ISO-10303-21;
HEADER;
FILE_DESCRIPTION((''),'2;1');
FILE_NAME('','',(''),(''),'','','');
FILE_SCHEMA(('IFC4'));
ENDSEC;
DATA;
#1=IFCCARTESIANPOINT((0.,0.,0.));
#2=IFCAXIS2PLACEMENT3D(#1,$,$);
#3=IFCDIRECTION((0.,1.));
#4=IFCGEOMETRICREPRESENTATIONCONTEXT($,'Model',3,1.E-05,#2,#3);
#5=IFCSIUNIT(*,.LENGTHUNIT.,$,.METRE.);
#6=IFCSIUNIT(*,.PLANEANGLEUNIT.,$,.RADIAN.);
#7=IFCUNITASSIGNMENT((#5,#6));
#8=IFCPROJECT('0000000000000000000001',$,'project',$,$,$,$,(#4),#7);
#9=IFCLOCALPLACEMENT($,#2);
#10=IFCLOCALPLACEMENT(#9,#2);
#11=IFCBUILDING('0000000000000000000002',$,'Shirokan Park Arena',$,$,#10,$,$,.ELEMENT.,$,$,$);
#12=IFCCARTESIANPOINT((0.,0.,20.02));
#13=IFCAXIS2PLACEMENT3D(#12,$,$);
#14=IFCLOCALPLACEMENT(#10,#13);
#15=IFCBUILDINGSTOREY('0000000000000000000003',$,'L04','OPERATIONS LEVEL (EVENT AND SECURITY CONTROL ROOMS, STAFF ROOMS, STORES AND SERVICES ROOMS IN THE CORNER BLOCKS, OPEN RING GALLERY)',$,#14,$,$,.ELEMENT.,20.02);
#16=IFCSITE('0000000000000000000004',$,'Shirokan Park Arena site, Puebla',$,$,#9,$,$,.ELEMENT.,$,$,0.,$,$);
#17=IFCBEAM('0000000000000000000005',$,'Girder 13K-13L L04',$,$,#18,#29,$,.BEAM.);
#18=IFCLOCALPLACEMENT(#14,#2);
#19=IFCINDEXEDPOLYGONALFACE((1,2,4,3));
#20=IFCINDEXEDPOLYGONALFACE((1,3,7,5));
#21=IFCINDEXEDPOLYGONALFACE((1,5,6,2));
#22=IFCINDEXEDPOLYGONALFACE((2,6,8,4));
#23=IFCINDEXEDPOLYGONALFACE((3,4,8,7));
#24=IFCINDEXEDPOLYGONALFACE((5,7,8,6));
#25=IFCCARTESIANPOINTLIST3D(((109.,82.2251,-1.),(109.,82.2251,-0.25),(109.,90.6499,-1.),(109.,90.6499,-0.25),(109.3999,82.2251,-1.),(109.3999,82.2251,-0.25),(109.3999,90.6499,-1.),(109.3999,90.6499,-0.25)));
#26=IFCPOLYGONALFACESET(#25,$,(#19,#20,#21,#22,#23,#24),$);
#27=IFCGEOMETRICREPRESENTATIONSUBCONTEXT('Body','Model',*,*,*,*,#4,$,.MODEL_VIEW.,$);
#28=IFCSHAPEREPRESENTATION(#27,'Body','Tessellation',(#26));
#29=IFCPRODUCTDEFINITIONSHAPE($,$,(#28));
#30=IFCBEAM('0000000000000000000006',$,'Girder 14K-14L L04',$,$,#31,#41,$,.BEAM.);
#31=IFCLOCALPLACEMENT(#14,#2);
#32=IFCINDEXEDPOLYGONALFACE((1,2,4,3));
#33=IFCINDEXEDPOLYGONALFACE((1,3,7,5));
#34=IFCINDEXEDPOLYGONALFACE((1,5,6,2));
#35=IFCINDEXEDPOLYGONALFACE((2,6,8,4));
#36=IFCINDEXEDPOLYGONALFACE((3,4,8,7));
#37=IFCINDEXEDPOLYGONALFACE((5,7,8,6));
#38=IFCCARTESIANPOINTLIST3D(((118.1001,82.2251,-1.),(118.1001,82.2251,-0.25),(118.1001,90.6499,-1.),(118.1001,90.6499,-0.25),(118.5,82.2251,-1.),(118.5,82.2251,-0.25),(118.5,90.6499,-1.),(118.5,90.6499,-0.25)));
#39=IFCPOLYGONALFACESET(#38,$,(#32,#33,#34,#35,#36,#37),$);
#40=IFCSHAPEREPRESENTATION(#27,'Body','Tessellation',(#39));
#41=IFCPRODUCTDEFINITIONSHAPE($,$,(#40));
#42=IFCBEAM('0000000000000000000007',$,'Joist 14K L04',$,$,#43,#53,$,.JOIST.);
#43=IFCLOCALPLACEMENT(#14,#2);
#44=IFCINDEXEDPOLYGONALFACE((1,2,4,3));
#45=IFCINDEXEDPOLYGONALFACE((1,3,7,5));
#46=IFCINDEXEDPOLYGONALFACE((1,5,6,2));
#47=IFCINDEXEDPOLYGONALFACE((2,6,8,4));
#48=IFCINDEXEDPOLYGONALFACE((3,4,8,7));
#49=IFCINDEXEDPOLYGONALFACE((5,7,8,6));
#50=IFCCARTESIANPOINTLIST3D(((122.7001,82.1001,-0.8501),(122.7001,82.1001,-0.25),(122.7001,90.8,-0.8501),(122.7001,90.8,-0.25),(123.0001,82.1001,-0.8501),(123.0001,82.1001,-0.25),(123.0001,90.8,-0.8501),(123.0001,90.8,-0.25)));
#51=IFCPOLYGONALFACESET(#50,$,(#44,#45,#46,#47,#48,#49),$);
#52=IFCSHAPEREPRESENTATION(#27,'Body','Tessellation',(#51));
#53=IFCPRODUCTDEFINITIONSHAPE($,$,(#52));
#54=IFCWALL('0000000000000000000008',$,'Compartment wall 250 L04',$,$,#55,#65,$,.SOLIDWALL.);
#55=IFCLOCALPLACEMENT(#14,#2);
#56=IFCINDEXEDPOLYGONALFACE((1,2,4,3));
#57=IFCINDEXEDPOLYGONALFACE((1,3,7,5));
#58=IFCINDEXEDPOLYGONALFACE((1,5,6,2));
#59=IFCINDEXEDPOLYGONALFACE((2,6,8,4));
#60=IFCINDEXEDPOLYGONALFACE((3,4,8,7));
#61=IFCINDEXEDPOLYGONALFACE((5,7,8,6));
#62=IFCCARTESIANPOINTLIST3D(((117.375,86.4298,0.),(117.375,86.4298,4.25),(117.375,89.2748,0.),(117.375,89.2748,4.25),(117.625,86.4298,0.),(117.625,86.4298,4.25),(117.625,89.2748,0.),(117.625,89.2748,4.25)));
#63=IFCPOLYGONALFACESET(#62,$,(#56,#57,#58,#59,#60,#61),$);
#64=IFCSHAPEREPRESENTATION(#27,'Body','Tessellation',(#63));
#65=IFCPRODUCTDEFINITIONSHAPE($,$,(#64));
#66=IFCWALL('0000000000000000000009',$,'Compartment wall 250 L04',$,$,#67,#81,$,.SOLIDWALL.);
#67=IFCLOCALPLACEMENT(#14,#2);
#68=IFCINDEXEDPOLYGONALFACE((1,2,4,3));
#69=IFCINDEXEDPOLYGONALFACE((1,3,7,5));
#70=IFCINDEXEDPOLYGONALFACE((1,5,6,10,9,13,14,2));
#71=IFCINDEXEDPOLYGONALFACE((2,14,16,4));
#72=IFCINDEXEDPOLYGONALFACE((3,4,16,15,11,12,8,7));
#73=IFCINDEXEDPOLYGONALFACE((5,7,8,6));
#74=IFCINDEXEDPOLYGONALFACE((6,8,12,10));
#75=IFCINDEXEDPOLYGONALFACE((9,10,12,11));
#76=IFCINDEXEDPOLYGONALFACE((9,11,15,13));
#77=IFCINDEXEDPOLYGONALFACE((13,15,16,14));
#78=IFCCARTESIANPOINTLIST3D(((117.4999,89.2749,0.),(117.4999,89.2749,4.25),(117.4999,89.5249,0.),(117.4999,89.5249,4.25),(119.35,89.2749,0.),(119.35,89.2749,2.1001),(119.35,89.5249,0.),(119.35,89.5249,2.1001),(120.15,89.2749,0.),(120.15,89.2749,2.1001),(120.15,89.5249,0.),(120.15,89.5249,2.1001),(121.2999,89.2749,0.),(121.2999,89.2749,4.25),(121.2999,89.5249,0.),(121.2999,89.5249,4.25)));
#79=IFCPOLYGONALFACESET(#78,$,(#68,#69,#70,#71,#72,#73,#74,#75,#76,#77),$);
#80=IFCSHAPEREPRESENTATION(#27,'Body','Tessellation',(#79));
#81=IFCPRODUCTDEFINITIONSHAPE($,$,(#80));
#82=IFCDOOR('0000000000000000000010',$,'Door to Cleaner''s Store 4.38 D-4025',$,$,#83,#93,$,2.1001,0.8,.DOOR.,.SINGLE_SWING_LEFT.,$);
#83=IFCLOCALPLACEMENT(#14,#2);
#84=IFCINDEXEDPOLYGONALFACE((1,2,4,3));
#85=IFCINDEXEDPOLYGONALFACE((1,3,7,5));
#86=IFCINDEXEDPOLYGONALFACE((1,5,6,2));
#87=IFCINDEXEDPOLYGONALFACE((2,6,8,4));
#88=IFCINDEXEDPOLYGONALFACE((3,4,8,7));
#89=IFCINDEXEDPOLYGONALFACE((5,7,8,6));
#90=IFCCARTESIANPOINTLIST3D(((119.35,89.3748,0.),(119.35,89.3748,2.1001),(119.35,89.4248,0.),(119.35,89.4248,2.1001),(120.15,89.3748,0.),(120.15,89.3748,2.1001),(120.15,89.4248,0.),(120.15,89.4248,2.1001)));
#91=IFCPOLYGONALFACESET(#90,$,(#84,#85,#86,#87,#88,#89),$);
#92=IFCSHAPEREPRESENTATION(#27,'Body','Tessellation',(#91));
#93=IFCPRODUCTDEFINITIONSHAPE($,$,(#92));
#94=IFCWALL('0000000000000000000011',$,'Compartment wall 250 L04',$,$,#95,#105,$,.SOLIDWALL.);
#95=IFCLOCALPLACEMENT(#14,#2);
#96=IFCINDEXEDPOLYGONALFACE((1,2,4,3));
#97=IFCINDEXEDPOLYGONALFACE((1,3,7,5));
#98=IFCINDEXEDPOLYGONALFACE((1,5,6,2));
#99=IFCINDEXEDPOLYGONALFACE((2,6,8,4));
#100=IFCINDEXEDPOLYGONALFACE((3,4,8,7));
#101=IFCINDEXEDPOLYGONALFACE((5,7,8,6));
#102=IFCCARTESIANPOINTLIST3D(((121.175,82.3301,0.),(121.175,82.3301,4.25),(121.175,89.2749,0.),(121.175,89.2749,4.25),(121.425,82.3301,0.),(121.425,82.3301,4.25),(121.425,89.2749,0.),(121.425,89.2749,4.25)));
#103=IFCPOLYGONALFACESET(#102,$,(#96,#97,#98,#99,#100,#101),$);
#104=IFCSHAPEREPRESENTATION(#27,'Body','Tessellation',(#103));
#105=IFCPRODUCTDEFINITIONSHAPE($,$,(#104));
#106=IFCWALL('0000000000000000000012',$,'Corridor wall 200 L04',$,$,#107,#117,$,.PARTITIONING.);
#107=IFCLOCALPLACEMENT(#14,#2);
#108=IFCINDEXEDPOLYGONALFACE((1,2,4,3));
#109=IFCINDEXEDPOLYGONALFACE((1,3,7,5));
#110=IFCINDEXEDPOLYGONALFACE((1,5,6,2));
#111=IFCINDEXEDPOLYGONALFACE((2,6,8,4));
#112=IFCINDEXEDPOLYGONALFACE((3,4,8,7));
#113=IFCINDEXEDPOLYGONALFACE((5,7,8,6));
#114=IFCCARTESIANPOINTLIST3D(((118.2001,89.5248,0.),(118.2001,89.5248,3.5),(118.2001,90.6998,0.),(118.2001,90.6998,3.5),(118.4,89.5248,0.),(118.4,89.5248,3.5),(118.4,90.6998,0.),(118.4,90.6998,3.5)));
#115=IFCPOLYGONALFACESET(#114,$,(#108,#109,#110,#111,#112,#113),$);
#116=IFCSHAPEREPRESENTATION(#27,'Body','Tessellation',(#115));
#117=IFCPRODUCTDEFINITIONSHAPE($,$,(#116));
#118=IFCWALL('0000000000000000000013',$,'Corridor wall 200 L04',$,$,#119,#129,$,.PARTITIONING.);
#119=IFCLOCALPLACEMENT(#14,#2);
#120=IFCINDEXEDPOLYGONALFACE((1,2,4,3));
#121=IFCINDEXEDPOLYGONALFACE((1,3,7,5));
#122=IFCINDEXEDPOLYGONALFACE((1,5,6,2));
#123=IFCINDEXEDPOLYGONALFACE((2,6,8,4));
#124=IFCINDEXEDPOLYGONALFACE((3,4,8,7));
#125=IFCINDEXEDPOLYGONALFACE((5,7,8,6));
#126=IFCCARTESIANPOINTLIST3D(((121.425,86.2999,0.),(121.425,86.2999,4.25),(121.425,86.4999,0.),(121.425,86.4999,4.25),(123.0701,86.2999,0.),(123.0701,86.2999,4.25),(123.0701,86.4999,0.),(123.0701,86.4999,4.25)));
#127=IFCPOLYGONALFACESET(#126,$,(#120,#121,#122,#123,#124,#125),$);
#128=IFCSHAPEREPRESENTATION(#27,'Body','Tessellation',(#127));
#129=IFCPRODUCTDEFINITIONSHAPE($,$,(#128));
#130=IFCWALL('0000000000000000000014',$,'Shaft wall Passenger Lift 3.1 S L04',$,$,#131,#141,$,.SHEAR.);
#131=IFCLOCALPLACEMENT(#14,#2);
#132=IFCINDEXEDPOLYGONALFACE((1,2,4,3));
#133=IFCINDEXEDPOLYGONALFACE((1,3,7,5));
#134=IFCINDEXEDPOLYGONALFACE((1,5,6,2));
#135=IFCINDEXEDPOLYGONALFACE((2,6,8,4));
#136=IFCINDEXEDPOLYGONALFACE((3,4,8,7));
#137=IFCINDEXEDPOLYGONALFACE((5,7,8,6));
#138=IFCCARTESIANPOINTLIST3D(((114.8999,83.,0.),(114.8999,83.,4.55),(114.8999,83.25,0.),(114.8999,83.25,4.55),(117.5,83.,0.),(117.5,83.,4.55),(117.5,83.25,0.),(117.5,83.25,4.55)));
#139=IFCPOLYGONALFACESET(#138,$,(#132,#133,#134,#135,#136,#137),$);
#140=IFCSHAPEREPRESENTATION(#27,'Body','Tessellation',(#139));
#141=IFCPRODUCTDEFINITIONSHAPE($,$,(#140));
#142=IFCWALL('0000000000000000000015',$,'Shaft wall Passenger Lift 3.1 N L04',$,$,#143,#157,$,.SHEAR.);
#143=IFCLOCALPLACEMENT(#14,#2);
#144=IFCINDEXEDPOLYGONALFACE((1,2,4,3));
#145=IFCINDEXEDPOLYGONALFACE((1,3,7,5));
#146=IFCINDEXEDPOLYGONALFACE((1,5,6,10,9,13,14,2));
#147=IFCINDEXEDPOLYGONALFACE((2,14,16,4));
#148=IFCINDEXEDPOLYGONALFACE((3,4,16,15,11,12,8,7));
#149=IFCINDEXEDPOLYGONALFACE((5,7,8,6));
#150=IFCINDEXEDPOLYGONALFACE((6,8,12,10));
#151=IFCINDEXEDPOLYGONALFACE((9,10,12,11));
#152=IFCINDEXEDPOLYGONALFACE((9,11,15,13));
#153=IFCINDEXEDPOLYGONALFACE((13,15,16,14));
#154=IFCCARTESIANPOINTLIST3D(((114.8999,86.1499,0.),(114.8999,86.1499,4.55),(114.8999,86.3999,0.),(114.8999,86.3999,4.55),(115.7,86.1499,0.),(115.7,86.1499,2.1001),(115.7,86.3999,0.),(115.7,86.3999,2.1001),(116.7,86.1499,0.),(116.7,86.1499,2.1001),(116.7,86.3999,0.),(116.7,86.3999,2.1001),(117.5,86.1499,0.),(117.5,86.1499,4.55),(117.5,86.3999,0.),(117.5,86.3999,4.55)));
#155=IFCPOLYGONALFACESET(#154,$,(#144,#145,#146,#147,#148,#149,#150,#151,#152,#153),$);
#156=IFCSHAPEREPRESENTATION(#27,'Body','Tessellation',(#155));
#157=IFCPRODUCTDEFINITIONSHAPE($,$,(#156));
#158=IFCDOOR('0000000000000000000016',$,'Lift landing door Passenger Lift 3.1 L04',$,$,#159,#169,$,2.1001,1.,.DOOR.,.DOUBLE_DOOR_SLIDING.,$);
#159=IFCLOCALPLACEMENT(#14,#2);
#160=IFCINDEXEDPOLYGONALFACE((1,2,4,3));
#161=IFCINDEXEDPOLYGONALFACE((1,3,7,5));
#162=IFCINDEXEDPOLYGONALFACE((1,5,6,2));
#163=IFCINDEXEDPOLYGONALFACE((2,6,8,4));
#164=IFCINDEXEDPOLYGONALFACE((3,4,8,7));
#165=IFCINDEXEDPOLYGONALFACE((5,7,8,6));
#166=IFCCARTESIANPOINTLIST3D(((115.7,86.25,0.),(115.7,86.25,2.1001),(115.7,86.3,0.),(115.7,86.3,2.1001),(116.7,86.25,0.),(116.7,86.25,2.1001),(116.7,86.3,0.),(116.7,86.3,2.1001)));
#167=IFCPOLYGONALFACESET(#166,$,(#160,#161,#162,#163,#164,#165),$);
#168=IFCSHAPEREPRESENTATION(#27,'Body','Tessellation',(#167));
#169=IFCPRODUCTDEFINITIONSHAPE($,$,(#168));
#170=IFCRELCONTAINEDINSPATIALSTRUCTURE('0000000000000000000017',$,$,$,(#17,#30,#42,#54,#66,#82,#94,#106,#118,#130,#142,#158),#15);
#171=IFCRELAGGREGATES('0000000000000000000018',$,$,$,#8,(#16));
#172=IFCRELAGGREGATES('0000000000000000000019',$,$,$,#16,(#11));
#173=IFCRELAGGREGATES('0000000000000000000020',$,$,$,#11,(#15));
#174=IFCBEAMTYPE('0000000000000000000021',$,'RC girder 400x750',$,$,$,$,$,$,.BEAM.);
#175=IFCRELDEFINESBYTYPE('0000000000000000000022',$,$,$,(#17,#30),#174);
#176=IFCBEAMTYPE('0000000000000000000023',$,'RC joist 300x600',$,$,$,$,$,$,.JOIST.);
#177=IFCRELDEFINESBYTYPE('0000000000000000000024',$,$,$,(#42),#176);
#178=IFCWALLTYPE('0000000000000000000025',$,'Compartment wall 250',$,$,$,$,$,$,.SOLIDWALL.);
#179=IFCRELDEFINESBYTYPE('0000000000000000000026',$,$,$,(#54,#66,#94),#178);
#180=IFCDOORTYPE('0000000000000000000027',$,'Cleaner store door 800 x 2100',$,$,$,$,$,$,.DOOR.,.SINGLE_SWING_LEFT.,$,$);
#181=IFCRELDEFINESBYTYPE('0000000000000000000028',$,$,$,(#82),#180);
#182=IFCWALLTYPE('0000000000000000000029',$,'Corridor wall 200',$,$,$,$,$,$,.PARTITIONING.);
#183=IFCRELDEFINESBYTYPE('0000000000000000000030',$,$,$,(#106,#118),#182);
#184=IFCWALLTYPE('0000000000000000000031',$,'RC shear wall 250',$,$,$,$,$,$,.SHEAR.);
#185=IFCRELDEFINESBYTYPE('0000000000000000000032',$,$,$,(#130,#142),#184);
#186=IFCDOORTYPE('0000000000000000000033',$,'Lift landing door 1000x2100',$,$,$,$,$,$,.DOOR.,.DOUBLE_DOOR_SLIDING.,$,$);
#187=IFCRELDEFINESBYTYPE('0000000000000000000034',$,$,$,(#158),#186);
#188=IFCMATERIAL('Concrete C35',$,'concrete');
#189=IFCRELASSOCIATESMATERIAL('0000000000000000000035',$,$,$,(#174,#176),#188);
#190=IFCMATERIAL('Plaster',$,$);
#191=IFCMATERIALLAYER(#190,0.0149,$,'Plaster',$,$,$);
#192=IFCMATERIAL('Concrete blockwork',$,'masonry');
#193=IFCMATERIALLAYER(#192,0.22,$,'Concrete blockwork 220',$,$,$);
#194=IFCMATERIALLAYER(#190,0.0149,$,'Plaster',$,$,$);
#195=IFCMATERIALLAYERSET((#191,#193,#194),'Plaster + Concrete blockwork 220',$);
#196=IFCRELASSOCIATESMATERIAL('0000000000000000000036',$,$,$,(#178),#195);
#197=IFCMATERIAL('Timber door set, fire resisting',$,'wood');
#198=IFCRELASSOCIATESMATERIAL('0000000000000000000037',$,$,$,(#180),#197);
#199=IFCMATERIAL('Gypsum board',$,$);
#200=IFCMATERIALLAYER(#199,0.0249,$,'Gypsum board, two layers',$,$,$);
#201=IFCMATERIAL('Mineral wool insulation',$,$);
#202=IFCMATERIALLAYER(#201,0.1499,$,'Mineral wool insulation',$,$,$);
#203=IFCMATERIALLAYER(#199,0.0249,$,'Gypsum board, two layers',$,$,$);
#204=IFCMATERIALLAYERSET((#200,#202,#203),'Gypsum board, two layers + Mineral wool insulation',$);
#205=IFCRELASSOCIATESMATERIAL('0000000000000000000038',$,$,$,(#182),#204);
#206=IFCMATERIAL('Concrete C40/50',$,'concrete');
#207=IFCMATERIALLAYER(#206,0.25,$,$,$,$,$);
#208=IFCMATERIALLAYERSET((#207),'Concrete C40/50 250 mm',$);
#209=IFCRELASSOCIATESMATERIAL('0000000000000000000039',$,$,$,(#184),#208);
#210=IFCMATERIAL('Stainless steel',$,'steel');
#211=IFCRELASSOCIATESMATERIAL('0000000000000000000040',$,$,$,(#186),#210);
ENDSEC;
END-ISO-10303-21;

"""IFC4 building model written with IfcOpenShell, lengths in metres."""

from ifc_helpers import new_model, si_unit, direction, frame, frame_2d, origin, origin_2d, place, context, subcontext, project, spatial, rectangle, extrude, material, layer, layer_set, material_profile, profile_set, type_object, element, fill, save


model = new_model("IFC4")

# Units and contexts
model_context = context("Model", 3, precision=1e-05, world=origin(), true_north=direction((0.0, 1.0)))
body_context = subcontext(model_context, "Body", "Model", "MODEL_VIEW")
ifc_project = project(units=[si_unit("LENGTHUNIT", "METRE"), si_unit("PLANEANGLEUNIT", "RADIAN")], contexts=[model_context])

# Site, building, storey
site_placement = place(None, origin())
site = spatial("IfcSite", under=ifc_project, at=site_placement, Name="Shirokan Park Arena site, Puebla", CompositionType="ELEMENT", RefElevation=0.0)
building_placement = place(site_placement, origin())
building = spatial("IfcBuilding", under=site, at=building_placement, Name="Shirokan Park Arena", CompositionType="ELEMENT")
storey_placement = place(building_placement, frame((0.0, 0.0, 20.02)))
storey = spatial("IfcBuildingStorey", under=building, at=storey_placement, Name="L04", Description="OPERATIONS LEVEL (EVENT AND SECURITY CONTROL ROOMS, STAFF ROOMS, STORES AND SERVICES ROOMS IN THE CORNER BLOCKS, OPEN RING GALLERY)", CompositionType="ELEMENT", Elevation=20.02)

# Beams
ifc_material_1 = material(Name="Concrete C35", Category="concrete")
ifc_material_profile_1 = material_profile(ifc_material_1, rectangle(XDim=0.3999, YDim=0.75, at=origin_2d()), Name="400x750")
ifc_profile_set_1 = profile_set([ifc_material_profile_1], Name="Concrete C35")
beam_type_1 = type_object("IfcBeamType", Name="RC girder 400x750", PredefinedType="BEAM", material=ifc_profile_set_1)
for number, where, z_axis, x_axis, name in (
    (1, (109.2, 82.2251, -0.625), (0.0, 1.0, 0.0), (-1.0, 0.0, 0.0), "Girder 13K-13L L04"),
    (2, (118.3, 82.2251, -0.625), (0.0, 1.0, 0.0), (-1.0, 0.0, 0.0), "Girder 14K-14L L04"),
):
    element("IfcBeam", number, at=place(storey_placement, frame(where, z_axis=z_axis, x_axis=x_axis)), inside=storey, type_object=beam_type_1, Name=name, PredefinedType="BEAM", context=body_context, shape_type="SweptSolid", body=[
        extrude(rectangle(XDim=0.3999, YDim=0.75, at=origin_2d()), origin(), (0.0, 0.0, 1.0), 8.4248),
    ])
ifc_material_profile_2 = material_profile(ifc_material_1, rectangle(XDim=0.3, YDim=0.6001, at=origin_2d()), Name="300x600")
ifc_profile_set_2 = profile_set([ifc_material_profile_2], Name="Concrete C35")
beam_type_2 = type_object("IfcBeamType", Name="RC joist 300x600", PredefinedType="JOIST", material=ifc_profile_set_2)
beam_placement = place(storey_placement, frame((122.8501, 82.1001, -0.55), z_axis=(0.0, 1.0, 0.0), x_axis=(-1.0, 0.0, 0.0)))
element("IfcBeam", 3, at=beam_placement, inside=storey, type_object=beam_type_2, Name="Joist 14K L04", PredefinedType="JOIST", context=body_context, shape_type="SweptSolid", body=[
    extrude(rectangle(XDim=0.3, YDim=0.6001, at=origin_2d()), origin(), (0.0, 0.0, 1.0), 8.7),
])

# Wall
ifc_material_2 = material(Name="Plaster")
ifc_layer_1 = layer(ifc_material_2, 0.0149, Name="Plaster")
ifc_material_3 = material(Name="Concrete blockwork", Category="masonry")
ifc_layer_2 = layer(ifc_material_3, 0.22, Name="Concrete blockwork 220")
ifc_layer_3 = layer(ifc_material_2, 0.0149, Name="Plaster")
ifc_layer_set_1 = layer_set([ifc_layer_1, ifc_layer_2, ifc_layer_3], Name="Plaster + Concrete blockwork 220")
wall_type_1 = type_object("IfcWallType", Name="Compartment wall 250", PredefinedType="SOLIDWALL", material=ifc_layer_set_1)
wall_1_placement = place(storey_placement, frame((117.5, 86.4299, 0.0), z_axis=(0.0, 0.0, 1.0), x_axis=(0.0, 1.0, 0.0)))
element("IfcWall", 4, at=wall_1_placement, inside=storey, type_object=wall_type_1, Name="Compartment wall 250 L04", PredefinedType="SOLIDWALL", context=body_context, shape_type="SweptSolid", body=[
    extrude(rectangle(XDim=2.845, YDim=0.25, at=frame_2d((1.4224, 0.0))), origin(), (0.0, 0.0, 1.0), 4.25),
])

# Wall, opening, door
wall_2_placement = place(storey_placement, frame((117.5, 89.3999, 0.0), z_axis=(0.0, 0.0, 1.0), x_axis=(1.0, 0.0, 0.0)))
wall_2 = element("IfcWall", 5, at=wall_2_placement, inside=storey, type_object=wall_type_1, Name="Compartment wall 250 L04", PredefinedType="SOLIDWALL", context=body_context, shape_type="SweptSolid", body=[
    extrude(rectangle(XDim=3.8, YDim=0.25, at=frame_2d((1.8999, 0.0))), origin(), (0.0, 0.0, 1.0), 4.25),
])
opening_1_placement = place(wall_2_placement, frame((1.8501, 0.0, 0.0)))
opening_1 = element("IfcOpeningElement", 6, at=opening_1_placement, cuts=wall_2, PredefinedType="OPENING", context=body_context, shape_type="SweptSolid", body=[
    extrude(rectangle(XDim=0.8, YDim=2.1001, at=frame_2d((0.3999, 1.05))), frame((0.0, 0.135, 0.0), z_axis=(0.0, -1.0, 0.0), x_axis=(1.0, 0.0, 0.0)), (0.0, 0.0, 1.0), 0.27),
])
ifc_material_4 = material(Name="Timber door set, fire resisting", Category="wood")
door_type_1 = type_object("IfcDoorType", Name="Cleaner store door 800 x 2100", OperationType="SINGLE_SWING_LEFT", PredefinedType="DOOR", material=ifc_material_4)
door_1_placement = place(opening_1_placement, origin())
door_1 = element("IfcDoor", 7, at=door_1_placement, inside=storey, type_object=door_type_1, Name="Door to Cleaner's Store 4.38 D-4025", OperationType="SINGLE_SWING_LEFT", OverallHeight=2.1001, OverallWidth=0.8, PredefinedType="DOOR", context=body_context, shape_type="SweptSolid", body=[
    extrude(rectangle(XDim=0.8, YDim=2.1001, at=frame_2d((0.3999, 1.05))), frame((0.0, 0.0249, 0.0), z_axis=(0.0, -1.0, 0.0), x_axis=(1.0, 0.0, 0.0)), (0.0, 0.0, 1.0), 0.05),
])
fill(opening_1, door_1)

# Wall
wall_3_placement = place(storey_placement, frame((121.3, 82.3301, 0.0), z_axis=(0.0, 0.0, 1.0), x_axis=(0.0, 1.0, 0.0)))
element("IfcWall", 8, at=wall_3_placement, inside=storey, type_object=wall_type_1, Name="Compartment wall 250 L04", PredefinedType="SOLIDWALL", context=body_context, shape_type="SweptSolid", body=[
    extrude(rectangle(XDim=6.9448, YDim=0.25, at=frame_2d((3.4724, 0.0))), origin(), (0.0, 0.0, 1.0), 4.25),
])

# Shared definitions
ifc_material_5 = material(Name="Gypsum board")
ifc_layer_4 = layer(ifc_material_5, 0.0249, Name="Gypsum board, two layers")
ifc_material_6 = material(Name="Mineral wool insulation")
ifc_layer_5 = layer(ifc_material_6, 0.1499, Name="Mineral wool insulation")
ifc_layer_6 = layer(ifc_material_5, 0.0249, Name="Gypsum board, two layers")
ifc_layer_set_2 = layer_set([ifc_layer_4, ifc_layer_5, ifc_layer_6], Name="Gypsum board, two layers + Mineral wool insulation")
wall_type_2 = type_object("IfcWallType", Name="Corridor wall 200", PredefinedType="PARTITIONING", material=ifc_layer_set_2)

# Walls
wall_4_placement = place(storey_placement, frame((118.3, 89.5249, 0.0), z_axis=(0.0, 0.0, 1.0), x_axis=(0.0, 1.0, 0.0)))
element("IfcWall", 9, at=wall_4_placement, inside=storey, type_object=wall_type_2, Name="Corridor wall 200 L04", PredefinedType="PARTITIONING", context=body_context, shape_type="SweptSolid", body=[
    extrude(rectangle(XDim=1.175, YDim=0.2, at=frame_2d((0.5874, 0.0))), origin(), (0.0, 0.0, 1.0), 3.5),
])
wall_5_placement = place(storey_placement, frame((123.0701, 86.3999, 0.0), z_axis=(0.0, 0.0, 1.0), x_axis=(-1.0, 0.0, 0.0)))
element("IfcWall", 10, at=wall_5_placement, inside=storey, type_object=wall_type_2, Name="Corridor wall 200 L04", PredefinedType="PARTITIONING", context=body_context, shape_type="SweptSolid", body=[
    extrude(rectangle(XDim=1.645, YDim=0.2, at=frame_2d((0.8225, 0.0))), origin(), (0.0, 0.0, 1.0), 4.25),
])
ifc_material_7 = material(Name="Concrete C40/50", Category="concrete")
ifc_layer_7 = layer(ifc_material_7, 0.25)
ifc_layer_set_3 = layer_set([ifc_layer_7], Name="Concrete C40/50 250 mm")
wall_type_3 = type_object("IfcWallType", Name="RC shear wall 250", PredefinedType="SHEAR", material=ifc_layer_set_3)
wall_6_placement = place(storey_placement, frame((117.5, 83.125, 0.0), z_axis=(0.0, 0.0, 1.0), x_axis=(-1.0, 0.0, 0.0)))
element("IfcWall", 11, at=wall_6_placement, inside=storey, type_object=wall_type_3, Name="Shaft wall Passenger Lift 3.1 S L04", PredefinedType="SHEAR", context=body_context, shape_type="SweptSolid", body=[
    extrude(rectangle(XDim=2.6001, YDim=0.25, at=frame_2d((1.3, 0.0))), origin(), (0.0, 0.0, 1.0), 4.55),
])

# Wall, opening, door
wall_7_placement = place(storey_placement, frame((117.5, 86.2749, 0.0), z_axis=(0.0, 0.0, 1.0), x_axis=(-1.0, 0.0, 0.0)))
wall_7 = element("IfcWall", 12, at=wall_7_placement, inside=storey, type_object=wall_type_3, Name="Shaft wall Passenger Lift 3.1 N L04", PredefinedType="SHEAR", context=body_context, shape_type="SweptSolid", body=[
    extrude(rectangle(XDim=2.6001, YDim=0.25, at=frame_2d((1.3, 0.0))), origin(), (0.0, 0.0, 1.0), 4.55),
])
opening_2_placement = place(wall_7_placement, frame((0.8, 0.0, 0.0)))
opening_2 = element("IfcOpeningElement", 13, at=opening_2_placement, cuts=wall_7, PredefinedType="OPENING", context=body_context, shape_type="SweptSolid", body=[
    extrude(rectangle(XDim=1.0, YDim=2.1001, at=frame_2d((0.5, 1.05))), frame((0.0, 0.135, 0.0), z_axis=(0.0, -1.0, 0.0), x_axis=(1.0, 0.0, 0.0)), (0.0, 0.0, 1.0), 0.27),
])
ifc_material_8 = material(Name="Stainless steel", Category="steel")
door_type_2 = type_object("IfcDoorType", Name="Lift landing door 1000x2100", OperationType="DOUBLE_DOOR_SLIDING", PredefinedType="DOOR", material=ifc_material_8)
door_2_placement = place(opening_2_placement, origin())
door_2 = element("IfcDoor", 14, at=door_2_placement, inside=storey, type_object=door_type_2, Name="Lift landing door Passenger Lift 3.1 L04", OperationType="DOUBLE_DOOR_SLIDING", OverallHeight=2.1001, OverallWidth=1.0, PredefinedType="DOOR", context=body_context, shape_type="SweptSolid", body=[
    extrude(rectangle(XDim=1.0, YDim=2.1001, at=frame_2d((0.5, 1.05))), frame((0.0, 0.0249, 0.0), z_axis=(0.0, -1.0, 0.0), x_axis=(1.0, 0.0, 0.0)), (0.0, 0.0, 1.0), 0.05),
])
fill(opening_2, door_2)

save(model, "model.ifc")
